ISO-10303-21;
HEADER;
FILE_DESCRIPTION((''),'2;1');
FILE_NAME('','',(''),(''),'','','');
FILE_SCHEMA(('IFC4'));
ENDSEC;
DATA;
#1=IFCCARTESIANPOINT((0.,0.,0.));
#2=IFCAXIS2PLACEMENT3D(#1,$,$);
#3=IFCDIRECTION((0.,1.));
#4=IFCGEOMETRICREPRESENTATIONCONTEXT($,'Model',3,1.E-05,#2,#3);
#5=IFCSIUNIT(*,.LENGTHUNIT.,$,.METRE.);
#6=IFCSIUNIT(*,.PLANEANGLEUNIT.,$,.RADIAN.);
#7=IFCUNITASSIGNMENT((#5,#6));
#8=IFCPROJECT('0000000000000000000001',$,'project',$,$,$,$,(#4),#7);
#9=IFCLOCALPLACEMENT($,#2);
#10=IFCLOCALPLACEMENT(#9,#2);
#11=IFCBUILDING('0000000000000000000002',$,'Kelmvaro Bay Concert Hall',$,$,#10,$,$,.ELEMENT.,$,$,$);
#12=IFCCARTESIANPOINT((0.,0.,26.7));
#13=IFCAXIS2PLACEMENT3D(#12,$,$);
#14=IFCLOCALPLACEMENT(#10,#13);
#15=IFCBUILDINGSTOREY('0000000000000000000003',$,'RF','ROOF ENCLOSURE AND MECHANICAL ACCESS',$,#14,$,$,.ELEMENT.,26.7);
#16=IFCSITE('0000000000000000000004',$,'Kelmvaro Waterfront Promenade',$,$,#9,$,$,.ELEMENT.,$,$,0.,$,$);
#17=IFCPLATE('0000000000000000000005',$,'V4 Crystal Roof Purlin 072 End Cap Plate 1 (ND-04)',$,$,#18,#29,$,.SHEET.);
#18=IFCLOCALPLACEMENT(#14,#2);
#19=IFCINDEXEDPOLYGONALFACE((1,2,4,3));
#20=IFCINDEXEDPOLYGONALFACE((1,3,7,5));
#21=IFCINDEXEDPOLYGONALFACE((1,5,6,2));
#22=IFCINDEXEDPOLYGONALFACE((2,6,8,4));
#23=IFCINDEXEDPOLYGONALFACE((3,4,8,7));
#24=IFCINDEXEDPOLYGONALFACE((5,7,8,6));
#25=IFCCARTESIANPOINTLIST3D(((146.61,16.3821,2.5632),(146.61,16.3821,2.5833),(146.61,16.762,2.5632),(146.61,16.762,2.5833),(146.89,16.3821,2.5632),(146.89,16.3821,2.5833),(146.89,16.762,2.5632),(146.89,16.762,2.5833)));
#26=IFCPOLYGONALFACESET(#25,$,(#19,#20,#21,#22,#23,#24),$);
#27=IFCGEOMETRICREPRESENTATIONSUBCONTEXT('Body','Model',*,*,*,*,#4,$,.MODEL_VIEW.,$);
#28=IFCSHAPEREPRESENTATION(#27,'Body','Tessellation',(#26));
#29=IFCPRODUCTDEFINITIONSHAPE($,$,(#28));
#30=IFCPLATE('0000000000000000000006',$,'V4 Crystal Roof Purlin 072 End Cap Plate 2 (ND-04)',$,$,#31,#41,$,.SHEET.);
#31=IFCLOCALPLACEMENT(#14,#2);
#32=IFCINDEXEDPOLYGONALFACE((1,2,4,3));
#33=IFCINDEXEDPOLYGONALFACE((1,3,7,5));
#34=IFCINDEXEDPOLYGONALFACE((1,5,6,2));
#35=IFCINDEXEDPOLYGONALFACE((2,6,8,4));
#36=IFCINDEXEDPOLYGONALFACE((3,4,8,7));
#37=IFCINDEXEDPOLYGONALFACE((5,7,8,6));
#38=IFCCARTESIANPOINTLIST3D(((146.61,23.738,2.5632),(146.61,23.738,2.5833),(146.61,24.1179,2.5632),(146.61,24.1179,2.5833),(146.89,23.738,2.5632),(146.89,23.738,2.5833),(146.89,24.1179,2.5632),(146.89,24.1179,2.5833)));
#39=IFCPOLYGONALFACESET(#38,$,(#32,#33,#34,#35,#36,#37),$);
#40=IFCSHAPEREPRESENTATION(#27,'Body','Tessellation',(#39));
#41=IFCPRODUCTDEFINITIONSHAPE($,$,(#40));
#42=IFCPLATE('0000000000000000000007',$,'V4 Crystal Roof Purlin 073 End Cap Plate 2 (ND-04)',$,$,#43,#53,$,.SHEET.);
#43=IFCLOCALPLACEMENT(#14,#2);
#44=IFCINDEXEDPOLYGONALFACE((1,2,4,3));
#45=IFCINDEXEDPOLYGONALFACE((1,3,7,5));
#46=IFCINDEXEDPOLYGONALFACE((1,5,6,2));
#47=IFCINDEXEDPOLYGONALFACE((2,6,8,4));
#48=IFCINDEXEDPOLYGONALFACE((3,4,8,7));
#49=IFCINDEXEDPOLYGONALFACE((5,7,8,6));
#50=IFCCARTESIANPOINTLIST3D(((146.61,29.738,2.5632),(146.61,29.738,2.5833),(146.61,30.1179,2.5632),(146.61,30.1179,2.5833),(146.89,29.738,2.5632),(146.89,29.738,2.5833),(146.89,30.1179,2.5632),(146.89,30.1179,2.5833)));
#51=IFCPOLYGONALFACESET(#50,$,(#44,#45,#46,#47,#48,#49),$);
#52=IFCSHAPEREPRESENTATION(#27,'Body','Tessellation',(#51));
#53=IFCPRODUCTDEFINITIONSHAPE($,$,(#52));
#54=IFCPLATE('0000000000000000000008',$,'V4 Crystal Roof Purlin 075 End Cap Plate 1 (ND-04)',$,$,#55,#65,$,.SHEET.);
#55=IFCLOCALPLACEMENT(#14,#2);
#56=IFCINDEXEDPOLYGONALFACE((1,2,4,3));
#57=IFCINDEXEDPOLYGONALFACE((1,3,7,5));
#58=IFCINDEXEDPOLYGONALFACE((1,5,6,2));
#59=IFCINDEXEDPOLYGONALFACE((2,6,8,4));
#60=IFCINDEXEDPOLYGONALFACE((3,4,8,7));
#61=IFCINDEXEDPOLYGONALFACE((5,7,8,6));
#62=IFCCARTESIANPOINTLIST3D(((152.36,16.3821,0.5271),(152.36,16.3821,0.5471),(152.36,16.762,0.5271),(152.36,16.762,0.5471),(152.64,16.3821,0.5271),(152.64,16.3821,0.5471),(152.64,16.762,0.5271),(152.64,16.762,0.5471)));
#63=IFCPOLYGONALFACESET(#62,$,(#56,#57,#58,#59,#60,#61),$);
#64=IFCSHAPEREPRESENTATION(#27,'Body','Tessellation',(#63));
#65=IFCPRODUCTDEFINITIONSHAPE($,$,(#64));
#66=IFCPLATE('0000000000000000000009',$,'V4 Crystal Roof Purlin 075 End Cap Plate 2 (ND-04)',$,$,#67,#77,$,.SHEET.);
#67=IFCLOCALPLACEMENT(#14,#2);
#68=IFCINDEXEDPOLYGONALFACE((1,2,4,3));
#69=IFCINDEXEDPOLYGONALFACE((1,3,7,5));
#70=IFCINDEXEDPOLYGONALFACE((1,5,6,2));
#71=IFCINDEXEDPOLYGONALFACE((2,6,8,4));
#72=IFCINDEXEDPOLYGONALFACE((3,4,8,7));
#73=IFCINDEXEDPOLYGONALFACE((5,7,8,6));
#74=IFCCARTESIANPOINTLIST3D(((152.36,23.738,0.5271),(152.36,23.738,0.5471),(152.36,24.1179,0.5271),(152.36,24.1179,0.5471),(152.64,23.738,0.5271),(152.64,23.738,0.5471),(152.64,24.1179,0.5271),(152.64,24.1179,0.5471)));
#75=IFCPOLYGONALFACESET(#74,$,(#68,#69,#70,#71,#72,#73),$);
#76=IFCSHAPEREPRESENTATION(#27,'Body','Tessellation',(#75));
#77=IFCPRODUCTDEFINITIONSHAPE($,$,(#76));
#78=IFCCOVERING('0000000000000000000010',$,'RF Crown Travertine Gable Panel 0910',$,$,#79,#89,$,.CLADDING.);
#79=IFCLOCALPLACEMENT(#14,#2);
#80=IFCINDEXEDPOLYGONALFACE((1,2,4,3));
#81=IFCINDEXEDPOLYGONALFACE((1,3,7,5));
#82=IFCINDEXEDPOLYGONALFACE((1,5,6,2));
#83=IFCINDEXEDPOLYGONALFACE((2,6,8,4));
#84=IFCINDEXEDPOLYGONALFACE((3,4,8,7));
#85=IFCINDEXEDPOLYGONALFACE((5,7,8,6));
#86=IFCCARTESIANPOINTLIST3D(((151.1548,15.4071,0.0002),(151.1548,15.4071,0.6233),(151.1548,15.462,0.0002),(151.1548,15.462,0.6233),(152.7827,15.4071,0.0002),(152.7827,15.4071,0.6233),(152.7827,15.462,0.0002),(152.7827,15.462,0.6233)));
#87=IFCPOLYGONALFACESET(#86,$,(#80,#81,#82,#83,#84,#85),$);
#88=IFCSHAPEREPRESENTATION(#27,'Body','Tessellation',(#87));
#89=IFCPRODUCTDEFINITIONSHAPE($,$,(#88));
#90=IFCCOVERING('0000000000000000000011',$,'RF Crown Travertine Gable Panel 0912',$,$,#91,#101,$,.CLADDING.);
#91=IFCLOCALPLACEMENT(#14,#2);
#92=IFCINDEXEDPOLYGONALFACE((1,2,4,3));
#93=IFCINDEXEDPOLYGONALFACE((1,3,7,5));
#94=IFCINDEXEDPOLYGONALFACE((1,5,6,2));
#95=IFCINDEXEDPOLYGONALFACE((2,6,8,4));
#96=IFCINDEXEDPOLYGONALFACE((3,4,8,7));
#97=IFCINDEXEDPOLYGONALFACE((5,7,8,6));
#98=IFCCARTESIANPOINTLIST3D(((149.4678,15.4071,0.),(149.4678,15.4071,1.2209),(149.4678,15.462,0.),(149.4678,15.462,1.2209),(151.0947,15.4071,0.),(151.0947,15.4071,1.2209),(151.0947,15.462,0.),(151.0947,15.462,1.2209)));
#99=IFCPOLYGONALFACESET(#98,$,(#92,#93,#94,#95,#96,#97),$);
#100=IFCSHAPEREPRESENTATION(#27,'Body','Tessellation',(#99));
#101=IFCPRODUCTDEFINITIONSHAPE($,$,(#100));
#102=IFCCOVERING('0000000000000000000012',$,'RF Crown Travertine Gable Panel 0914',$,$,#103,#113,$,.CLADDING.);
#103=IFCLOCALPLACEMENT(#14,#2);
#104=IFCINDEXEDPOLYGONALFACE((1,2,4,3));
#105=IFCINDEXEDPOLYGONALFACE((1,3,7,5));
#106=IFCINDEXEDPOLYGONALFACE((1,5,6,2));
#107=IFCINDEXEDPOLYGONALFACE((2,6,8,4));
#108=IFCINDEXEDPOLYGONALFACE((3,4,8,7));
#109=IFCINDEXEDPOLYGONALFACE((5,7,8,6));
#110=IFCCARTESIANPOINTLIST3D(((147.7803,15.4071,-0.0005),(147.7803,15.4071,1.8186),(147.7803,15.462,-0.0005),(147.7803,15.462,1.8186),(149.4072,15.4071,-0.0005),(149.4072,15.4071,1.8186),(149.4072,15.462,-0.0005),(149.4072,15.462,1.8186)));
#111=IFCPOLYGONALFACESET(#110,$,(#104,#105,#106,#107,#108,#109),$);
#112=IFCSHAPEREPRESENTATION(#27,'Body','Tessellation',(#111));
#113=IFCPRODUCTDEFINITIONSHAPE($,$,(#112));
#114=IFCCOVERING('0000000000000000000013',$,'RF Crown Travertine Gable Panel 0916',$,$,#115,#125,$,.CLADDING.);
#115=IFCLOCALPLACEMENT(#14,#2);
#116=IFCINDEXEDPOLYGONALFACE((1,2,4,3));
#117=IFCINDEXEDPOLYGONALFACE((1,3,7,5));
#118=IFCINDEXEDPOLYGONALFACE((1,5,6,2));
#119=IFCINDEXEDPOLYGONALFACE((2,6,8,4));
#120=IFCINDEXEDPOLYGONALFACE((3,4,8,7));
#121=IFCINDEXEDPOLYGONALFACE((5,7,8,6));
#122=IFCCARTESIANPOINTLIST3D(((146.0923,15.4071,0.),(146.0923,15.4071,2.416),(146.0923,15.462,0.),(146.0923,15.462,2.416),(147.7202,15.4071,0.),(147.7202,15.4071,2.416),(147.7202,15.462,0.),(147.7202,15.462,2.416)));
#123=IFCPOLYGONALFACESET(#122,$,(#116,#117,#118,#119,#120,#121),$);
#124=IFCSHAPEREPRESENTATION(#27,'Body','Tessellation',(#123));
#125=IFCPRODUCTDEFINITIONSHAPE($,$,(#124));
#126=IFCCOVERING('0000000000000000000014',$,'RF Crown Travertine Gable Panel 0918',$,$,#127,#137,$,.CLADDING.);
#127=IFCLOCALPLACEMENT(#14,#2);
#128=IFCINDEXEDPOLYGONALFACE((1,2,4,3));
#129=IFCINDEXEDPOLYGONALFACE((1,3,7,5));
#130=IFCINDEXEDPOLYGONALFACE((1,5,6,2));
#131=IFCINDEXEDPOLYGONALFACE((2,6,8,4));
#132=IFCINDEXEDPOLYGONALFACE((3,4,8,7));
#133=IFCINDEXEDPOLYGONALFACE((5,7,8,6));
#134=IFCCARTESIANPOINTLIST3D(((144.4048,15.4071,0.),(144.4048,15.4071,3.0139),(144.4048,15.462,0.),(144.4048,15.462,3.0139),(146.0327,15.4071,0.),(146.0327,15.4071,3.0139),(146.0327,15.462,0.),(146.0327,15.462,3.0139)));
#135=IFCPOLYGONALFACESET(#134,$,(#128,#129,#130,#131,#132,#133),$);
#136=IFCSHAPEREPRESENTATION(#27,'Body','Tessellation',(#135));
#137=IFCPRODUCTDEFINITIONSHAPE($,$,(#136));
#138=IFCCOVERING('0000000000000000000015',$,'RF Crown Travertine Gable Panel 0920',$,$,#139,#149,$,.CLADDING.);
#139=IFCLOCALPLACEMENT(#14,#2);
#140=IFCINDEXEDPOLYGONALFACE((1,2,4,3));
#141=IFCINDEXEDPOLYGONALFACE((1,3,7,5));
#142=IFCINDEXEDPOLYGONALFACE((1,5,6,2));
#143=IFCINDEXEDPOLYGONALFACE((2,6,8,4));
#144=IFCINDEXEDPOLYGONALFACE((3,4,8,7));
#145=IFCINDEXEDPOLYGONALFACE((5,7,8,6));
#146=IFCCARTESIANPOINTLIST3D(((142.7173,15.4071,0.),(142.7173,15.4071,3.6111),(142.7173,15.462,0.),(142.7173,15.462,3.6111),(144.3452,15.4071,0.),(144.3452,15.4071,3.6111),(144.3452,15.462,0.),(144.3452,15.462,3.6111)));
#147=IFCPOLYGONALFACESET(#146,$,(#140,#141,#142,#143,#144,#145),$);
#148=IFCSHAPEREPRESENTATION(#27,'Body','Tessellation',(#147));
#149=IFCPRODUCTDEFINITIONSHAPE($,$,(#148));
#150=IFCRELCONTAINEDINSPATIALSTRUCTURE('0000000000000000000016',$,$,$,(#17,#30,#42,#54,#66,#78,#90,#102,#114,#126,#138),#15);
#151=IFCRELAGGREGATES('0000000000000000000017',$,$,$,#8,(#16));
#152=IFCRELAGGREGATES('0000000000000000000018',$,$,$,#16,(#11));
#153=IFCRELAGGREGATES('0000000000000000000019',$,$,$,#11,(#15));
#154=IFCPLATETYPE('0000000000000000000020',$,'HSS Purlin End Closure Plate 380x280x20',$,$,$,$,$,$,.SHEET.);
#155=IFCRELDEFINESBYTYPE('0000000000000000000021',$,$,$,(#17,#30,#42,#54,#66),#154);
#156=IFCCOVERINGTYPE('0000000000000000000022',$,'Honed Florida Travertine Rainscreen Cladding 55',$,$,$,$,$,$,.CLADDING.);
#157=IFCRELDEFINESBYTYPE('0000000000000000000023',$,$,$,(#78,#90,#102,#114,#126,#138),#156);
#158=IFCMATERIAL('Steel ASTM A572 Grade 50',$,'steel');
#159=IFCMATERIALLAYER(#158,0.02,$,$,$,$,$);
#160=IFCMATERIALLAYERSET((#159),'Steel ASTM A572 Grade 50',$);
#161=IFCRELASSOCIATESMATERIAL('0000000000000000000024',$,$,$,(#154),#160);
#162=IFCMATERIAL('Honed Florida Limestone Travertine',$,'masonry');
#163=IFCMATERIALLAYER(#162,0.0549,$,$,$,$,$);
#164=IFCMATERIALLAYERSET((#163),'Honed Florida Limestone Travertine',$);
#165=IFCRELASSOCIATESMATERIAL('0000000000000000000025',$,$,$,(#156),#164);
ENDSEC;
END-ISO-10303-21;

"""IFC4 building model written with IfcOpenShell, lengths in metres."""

from ifc_helpers import new_model, si_unit, direction, frame, origin, origin_2d, place, context, subcontext, project, spatial, rectangle, extrude, material, layer, layer_set, type_object, element, save


model = new_model("IFC4")

# Units and contexts
model_context = context("Model", 3, precision=1e-05, world=origin(), true_north=direction((0.0, 1.0)))
body_context = subcontext(model_context, "Body", "Model", "MODEL_VIEW")
ifc_project = project(units=[si_unit("LENGTHUNIT", "METRE"), si_unit("PLANEANGLEUNIT", "RADIAN")], contexts=[model_context])

# Site, building, storey
site_placement = place(None, origin())
site = spatial("IfcSite", under=ifc_project, at=site_placement, Name="Kelmvaro Waterfront Promenade", CompositionType="ELEMENT", RefElevation=0.0)
building_placement = place(site_placement, origin())
building = spatial("IfcBuilding", under=site, at=building_placement, Name="Kelmvaro Bay Concert Hall", CompositionType="ELEMENT")
storey_placement = place(building_placement, frame((0.0, 0.0, 26.7)))
storey = spatial("IfcBuildingStorey", under=building, at=storey_placement, Name="RF", Description="ROOF ENCLOSURE AND MECHANICAL ACCESS", CompositionType="ELEMENT", Elevation=26.7)

# Plates
ifc_material_1 = material(Name="Steel ASTM A572 Grade 50", Category="steel")
ifc_layer_1 = layer(ifc_material_1, 0.02)
ifc_layer_set_1 = layer_set([ifc_layer_1], Name="Steel ASTM A572 Grade 50")
plate_type_1 = type_object("IfcPlateType", Name="HSS Purlin End Closure Plate 380x280x20", PredefinedType="SHEET", material=ifc_layer_set_1)
for number, where, z_axis, x_axis, name in (
    (1, (146.75, 16.572, 2.5632), (0.0, 0.0, 1.0), (0.0, 1.0, 0.0), "V4 Crystal Roof Purlin 072 End Cap Plate 1 (ND-04)"),
    (2, (146.75, 23.928, 2.5632), (0.0, 0.0, 1.0), (0.0, 1.0, 0.0), "V4 Crystal Roof Purlin 072 End Cap Plate 2 (ND-04)"),
    (3, (146.75, 29.928, 2.5632), (0.0, 0.0, 1.0), (0.0, 1.0, 0.0), "V4 Crystal Roof Purlin 073 End Cap Plate 2 (ND-04)"),
    (4, (152.5, 16.572, 0.5271), (0.0, 0.0, 1.0), (0.0, 1.0, 0.0), "V4 Crystal Roof Purlin 075 End Cap Plate 1 (ND-04)"),
    (5, (152.5, 23.928, 0.5271), (0.0, 0.0, 1.0), (0.0, 1.0, 0.0), "V4 Crystal Roof Purlin 075 End Cap Plate 2 (ND-04)"),
):
    element("IfcPlate", number, at=place(storey_placement, frame(where, z_axis=z_axis, x_axis=x_axis)), inside=storey, type_object=plate_type_1, Name=name, PredefinedType="SHEET", context=body_context, shape_type="SweptSolid", body=[
        extrude(rectangle(XDim=0.3799, YDim=0.28, at=origin_2d()), origin(), (0.0, 0.0, 1.0), 0.02),
    ])

# Coverings
ifc_material_2 = material(Name="Honed Florida Limestone Travertine", Category="masonry")
ifc_layer_2 = layer(ifc_material_2, 0.0549)
ifc_layer_set_2 = layer_set([ifc_layer_2], Name="Honed Florida Limestone Travertine")
covering_type = type_object("IfcCoveringType", Name="Honed Florida Travertine Rainscreen Cladding 55", PredefinedType="CLADDING", material=ifc_layer_set_2)
covering_1_placement = place(storey_placement, frame((151.9688, 15.4346, 0.0002), z_axis=(0.0, 0.0, 1.0), x_axis=(-1.0, 0.0, 0.0)))
element("IfcCovering", 6, at=covering_1_placement, inside=storey, type_object=covering_type, Name="RF Crown Travertine Gable Panel 0910", PredefinedType="CLADDING", context=body_context, shape_type="SweptSolid", body=[
    extrude(rectangle(XDim=1.6279, YDim=0.0549, at=origin_2d()), origin(), (0.0, 0.0, 1.0), 0.623),
])
covering_2_placement = place(storey_placement, frame((150.2812, 15.4346, 0.0), z_axis=(0.0, 0.0, 1.0), x_axis=(-1.0, 0.0, 0.0)))
element("IfcCovering", 7, at=covering_2_placement, inside=storey, type_object=covering_type, Name="RF Crown Travertine Gable Panel 0912", PredefinedType="CLADDING", context=body_context, shape_type="SweptSolid", body=[
    extrude(rectangle(XDim=1.627, YDim=0.0549, at=origin_2d()), origin(), (0.0, 0.0, 1.0), 1.2209),
])
covering_3_placement = place(storey_placement, frame((148.5938, 15.4346, -0.0005), z_axis=(0.0, 0.0, 1.0), x_axis=(-1.0, 0.0, 0.0)))
element("IfcCovering", 8, at=covering_3_placement, inside=storey, type_object=covering_type, Name="RF Crown Travertine Gable Panel 0914", PredefinedType="CLADDING", context=body_context, shape_type="SweptSolid", body=[
    extrude(rectangle(XDim=1.627, YDim=0.0549, at=origin_2d()), origin(), (0.0, 0.0, 1.0), 1.8191),
])
covering_4_placement = place(storey_placement, frame((146.9062, 15.4346, 0.0), z_axis=(0.0, 0.0, 1.0), x_axis=(-1.0, 0.0, 0.0)))
element("IfcCovering", 9, at=covering_4_placement, inside=storey, type_object=covering_type, Name="RF Crown Travertine Gable Panel 0916", PredefinedType="CLADDING", context=body_context, shape_type="SweptSolid", body=[
    extrude(rectangle(XDim=1.6279, YDim=0.0549, at=origin_2d()), origin(), (0.0, 0.0, 1.0), 2.416),
])
covering_5_placement = place(storey_placement, frame((145.2188, 15.4346, 0.0), z_axis=(0.0, 0.0, 1.0), x_axis=(-1.0, 0.0, 0.0)))
element("IfcCovering", 10, at=covering_5_placement, inside=storey, type_object=covering_type, Name="RF Crown Travertine Gable Panel 0918", PredefinedType="CLADDING", context=body_context, shape_type="SweptSolid", body=[
    extrude(rectangle(XDim=1.6279, YDim=0.0549, at=origin_2d()), origin(), (0.0, 0.0, 1.0), 3.0139),
])
covering_6_placement = place(storey_placement, frame((143.5312, 15.4346, 0.0), z_axis=(0.0, 0.0, 1.0), x_axis=(-1.0, 0.0, 0.0)))
element("IfcCovering", 11, at=covering_6_placement, inside=storey, type_object=covering_type, Name="RF Crown Travertine Gable Panel 0920", PredefinedType="CLADDING", context=body_context, shape_type="SweptSolid", body=[
    extrude(rectangle(XDim=1.6279, YDim=0.0549, at=origin_2d()), origin(), (0.0, 0.0, 1.0), 3.6111),
])

save(model, "model.ifc")
